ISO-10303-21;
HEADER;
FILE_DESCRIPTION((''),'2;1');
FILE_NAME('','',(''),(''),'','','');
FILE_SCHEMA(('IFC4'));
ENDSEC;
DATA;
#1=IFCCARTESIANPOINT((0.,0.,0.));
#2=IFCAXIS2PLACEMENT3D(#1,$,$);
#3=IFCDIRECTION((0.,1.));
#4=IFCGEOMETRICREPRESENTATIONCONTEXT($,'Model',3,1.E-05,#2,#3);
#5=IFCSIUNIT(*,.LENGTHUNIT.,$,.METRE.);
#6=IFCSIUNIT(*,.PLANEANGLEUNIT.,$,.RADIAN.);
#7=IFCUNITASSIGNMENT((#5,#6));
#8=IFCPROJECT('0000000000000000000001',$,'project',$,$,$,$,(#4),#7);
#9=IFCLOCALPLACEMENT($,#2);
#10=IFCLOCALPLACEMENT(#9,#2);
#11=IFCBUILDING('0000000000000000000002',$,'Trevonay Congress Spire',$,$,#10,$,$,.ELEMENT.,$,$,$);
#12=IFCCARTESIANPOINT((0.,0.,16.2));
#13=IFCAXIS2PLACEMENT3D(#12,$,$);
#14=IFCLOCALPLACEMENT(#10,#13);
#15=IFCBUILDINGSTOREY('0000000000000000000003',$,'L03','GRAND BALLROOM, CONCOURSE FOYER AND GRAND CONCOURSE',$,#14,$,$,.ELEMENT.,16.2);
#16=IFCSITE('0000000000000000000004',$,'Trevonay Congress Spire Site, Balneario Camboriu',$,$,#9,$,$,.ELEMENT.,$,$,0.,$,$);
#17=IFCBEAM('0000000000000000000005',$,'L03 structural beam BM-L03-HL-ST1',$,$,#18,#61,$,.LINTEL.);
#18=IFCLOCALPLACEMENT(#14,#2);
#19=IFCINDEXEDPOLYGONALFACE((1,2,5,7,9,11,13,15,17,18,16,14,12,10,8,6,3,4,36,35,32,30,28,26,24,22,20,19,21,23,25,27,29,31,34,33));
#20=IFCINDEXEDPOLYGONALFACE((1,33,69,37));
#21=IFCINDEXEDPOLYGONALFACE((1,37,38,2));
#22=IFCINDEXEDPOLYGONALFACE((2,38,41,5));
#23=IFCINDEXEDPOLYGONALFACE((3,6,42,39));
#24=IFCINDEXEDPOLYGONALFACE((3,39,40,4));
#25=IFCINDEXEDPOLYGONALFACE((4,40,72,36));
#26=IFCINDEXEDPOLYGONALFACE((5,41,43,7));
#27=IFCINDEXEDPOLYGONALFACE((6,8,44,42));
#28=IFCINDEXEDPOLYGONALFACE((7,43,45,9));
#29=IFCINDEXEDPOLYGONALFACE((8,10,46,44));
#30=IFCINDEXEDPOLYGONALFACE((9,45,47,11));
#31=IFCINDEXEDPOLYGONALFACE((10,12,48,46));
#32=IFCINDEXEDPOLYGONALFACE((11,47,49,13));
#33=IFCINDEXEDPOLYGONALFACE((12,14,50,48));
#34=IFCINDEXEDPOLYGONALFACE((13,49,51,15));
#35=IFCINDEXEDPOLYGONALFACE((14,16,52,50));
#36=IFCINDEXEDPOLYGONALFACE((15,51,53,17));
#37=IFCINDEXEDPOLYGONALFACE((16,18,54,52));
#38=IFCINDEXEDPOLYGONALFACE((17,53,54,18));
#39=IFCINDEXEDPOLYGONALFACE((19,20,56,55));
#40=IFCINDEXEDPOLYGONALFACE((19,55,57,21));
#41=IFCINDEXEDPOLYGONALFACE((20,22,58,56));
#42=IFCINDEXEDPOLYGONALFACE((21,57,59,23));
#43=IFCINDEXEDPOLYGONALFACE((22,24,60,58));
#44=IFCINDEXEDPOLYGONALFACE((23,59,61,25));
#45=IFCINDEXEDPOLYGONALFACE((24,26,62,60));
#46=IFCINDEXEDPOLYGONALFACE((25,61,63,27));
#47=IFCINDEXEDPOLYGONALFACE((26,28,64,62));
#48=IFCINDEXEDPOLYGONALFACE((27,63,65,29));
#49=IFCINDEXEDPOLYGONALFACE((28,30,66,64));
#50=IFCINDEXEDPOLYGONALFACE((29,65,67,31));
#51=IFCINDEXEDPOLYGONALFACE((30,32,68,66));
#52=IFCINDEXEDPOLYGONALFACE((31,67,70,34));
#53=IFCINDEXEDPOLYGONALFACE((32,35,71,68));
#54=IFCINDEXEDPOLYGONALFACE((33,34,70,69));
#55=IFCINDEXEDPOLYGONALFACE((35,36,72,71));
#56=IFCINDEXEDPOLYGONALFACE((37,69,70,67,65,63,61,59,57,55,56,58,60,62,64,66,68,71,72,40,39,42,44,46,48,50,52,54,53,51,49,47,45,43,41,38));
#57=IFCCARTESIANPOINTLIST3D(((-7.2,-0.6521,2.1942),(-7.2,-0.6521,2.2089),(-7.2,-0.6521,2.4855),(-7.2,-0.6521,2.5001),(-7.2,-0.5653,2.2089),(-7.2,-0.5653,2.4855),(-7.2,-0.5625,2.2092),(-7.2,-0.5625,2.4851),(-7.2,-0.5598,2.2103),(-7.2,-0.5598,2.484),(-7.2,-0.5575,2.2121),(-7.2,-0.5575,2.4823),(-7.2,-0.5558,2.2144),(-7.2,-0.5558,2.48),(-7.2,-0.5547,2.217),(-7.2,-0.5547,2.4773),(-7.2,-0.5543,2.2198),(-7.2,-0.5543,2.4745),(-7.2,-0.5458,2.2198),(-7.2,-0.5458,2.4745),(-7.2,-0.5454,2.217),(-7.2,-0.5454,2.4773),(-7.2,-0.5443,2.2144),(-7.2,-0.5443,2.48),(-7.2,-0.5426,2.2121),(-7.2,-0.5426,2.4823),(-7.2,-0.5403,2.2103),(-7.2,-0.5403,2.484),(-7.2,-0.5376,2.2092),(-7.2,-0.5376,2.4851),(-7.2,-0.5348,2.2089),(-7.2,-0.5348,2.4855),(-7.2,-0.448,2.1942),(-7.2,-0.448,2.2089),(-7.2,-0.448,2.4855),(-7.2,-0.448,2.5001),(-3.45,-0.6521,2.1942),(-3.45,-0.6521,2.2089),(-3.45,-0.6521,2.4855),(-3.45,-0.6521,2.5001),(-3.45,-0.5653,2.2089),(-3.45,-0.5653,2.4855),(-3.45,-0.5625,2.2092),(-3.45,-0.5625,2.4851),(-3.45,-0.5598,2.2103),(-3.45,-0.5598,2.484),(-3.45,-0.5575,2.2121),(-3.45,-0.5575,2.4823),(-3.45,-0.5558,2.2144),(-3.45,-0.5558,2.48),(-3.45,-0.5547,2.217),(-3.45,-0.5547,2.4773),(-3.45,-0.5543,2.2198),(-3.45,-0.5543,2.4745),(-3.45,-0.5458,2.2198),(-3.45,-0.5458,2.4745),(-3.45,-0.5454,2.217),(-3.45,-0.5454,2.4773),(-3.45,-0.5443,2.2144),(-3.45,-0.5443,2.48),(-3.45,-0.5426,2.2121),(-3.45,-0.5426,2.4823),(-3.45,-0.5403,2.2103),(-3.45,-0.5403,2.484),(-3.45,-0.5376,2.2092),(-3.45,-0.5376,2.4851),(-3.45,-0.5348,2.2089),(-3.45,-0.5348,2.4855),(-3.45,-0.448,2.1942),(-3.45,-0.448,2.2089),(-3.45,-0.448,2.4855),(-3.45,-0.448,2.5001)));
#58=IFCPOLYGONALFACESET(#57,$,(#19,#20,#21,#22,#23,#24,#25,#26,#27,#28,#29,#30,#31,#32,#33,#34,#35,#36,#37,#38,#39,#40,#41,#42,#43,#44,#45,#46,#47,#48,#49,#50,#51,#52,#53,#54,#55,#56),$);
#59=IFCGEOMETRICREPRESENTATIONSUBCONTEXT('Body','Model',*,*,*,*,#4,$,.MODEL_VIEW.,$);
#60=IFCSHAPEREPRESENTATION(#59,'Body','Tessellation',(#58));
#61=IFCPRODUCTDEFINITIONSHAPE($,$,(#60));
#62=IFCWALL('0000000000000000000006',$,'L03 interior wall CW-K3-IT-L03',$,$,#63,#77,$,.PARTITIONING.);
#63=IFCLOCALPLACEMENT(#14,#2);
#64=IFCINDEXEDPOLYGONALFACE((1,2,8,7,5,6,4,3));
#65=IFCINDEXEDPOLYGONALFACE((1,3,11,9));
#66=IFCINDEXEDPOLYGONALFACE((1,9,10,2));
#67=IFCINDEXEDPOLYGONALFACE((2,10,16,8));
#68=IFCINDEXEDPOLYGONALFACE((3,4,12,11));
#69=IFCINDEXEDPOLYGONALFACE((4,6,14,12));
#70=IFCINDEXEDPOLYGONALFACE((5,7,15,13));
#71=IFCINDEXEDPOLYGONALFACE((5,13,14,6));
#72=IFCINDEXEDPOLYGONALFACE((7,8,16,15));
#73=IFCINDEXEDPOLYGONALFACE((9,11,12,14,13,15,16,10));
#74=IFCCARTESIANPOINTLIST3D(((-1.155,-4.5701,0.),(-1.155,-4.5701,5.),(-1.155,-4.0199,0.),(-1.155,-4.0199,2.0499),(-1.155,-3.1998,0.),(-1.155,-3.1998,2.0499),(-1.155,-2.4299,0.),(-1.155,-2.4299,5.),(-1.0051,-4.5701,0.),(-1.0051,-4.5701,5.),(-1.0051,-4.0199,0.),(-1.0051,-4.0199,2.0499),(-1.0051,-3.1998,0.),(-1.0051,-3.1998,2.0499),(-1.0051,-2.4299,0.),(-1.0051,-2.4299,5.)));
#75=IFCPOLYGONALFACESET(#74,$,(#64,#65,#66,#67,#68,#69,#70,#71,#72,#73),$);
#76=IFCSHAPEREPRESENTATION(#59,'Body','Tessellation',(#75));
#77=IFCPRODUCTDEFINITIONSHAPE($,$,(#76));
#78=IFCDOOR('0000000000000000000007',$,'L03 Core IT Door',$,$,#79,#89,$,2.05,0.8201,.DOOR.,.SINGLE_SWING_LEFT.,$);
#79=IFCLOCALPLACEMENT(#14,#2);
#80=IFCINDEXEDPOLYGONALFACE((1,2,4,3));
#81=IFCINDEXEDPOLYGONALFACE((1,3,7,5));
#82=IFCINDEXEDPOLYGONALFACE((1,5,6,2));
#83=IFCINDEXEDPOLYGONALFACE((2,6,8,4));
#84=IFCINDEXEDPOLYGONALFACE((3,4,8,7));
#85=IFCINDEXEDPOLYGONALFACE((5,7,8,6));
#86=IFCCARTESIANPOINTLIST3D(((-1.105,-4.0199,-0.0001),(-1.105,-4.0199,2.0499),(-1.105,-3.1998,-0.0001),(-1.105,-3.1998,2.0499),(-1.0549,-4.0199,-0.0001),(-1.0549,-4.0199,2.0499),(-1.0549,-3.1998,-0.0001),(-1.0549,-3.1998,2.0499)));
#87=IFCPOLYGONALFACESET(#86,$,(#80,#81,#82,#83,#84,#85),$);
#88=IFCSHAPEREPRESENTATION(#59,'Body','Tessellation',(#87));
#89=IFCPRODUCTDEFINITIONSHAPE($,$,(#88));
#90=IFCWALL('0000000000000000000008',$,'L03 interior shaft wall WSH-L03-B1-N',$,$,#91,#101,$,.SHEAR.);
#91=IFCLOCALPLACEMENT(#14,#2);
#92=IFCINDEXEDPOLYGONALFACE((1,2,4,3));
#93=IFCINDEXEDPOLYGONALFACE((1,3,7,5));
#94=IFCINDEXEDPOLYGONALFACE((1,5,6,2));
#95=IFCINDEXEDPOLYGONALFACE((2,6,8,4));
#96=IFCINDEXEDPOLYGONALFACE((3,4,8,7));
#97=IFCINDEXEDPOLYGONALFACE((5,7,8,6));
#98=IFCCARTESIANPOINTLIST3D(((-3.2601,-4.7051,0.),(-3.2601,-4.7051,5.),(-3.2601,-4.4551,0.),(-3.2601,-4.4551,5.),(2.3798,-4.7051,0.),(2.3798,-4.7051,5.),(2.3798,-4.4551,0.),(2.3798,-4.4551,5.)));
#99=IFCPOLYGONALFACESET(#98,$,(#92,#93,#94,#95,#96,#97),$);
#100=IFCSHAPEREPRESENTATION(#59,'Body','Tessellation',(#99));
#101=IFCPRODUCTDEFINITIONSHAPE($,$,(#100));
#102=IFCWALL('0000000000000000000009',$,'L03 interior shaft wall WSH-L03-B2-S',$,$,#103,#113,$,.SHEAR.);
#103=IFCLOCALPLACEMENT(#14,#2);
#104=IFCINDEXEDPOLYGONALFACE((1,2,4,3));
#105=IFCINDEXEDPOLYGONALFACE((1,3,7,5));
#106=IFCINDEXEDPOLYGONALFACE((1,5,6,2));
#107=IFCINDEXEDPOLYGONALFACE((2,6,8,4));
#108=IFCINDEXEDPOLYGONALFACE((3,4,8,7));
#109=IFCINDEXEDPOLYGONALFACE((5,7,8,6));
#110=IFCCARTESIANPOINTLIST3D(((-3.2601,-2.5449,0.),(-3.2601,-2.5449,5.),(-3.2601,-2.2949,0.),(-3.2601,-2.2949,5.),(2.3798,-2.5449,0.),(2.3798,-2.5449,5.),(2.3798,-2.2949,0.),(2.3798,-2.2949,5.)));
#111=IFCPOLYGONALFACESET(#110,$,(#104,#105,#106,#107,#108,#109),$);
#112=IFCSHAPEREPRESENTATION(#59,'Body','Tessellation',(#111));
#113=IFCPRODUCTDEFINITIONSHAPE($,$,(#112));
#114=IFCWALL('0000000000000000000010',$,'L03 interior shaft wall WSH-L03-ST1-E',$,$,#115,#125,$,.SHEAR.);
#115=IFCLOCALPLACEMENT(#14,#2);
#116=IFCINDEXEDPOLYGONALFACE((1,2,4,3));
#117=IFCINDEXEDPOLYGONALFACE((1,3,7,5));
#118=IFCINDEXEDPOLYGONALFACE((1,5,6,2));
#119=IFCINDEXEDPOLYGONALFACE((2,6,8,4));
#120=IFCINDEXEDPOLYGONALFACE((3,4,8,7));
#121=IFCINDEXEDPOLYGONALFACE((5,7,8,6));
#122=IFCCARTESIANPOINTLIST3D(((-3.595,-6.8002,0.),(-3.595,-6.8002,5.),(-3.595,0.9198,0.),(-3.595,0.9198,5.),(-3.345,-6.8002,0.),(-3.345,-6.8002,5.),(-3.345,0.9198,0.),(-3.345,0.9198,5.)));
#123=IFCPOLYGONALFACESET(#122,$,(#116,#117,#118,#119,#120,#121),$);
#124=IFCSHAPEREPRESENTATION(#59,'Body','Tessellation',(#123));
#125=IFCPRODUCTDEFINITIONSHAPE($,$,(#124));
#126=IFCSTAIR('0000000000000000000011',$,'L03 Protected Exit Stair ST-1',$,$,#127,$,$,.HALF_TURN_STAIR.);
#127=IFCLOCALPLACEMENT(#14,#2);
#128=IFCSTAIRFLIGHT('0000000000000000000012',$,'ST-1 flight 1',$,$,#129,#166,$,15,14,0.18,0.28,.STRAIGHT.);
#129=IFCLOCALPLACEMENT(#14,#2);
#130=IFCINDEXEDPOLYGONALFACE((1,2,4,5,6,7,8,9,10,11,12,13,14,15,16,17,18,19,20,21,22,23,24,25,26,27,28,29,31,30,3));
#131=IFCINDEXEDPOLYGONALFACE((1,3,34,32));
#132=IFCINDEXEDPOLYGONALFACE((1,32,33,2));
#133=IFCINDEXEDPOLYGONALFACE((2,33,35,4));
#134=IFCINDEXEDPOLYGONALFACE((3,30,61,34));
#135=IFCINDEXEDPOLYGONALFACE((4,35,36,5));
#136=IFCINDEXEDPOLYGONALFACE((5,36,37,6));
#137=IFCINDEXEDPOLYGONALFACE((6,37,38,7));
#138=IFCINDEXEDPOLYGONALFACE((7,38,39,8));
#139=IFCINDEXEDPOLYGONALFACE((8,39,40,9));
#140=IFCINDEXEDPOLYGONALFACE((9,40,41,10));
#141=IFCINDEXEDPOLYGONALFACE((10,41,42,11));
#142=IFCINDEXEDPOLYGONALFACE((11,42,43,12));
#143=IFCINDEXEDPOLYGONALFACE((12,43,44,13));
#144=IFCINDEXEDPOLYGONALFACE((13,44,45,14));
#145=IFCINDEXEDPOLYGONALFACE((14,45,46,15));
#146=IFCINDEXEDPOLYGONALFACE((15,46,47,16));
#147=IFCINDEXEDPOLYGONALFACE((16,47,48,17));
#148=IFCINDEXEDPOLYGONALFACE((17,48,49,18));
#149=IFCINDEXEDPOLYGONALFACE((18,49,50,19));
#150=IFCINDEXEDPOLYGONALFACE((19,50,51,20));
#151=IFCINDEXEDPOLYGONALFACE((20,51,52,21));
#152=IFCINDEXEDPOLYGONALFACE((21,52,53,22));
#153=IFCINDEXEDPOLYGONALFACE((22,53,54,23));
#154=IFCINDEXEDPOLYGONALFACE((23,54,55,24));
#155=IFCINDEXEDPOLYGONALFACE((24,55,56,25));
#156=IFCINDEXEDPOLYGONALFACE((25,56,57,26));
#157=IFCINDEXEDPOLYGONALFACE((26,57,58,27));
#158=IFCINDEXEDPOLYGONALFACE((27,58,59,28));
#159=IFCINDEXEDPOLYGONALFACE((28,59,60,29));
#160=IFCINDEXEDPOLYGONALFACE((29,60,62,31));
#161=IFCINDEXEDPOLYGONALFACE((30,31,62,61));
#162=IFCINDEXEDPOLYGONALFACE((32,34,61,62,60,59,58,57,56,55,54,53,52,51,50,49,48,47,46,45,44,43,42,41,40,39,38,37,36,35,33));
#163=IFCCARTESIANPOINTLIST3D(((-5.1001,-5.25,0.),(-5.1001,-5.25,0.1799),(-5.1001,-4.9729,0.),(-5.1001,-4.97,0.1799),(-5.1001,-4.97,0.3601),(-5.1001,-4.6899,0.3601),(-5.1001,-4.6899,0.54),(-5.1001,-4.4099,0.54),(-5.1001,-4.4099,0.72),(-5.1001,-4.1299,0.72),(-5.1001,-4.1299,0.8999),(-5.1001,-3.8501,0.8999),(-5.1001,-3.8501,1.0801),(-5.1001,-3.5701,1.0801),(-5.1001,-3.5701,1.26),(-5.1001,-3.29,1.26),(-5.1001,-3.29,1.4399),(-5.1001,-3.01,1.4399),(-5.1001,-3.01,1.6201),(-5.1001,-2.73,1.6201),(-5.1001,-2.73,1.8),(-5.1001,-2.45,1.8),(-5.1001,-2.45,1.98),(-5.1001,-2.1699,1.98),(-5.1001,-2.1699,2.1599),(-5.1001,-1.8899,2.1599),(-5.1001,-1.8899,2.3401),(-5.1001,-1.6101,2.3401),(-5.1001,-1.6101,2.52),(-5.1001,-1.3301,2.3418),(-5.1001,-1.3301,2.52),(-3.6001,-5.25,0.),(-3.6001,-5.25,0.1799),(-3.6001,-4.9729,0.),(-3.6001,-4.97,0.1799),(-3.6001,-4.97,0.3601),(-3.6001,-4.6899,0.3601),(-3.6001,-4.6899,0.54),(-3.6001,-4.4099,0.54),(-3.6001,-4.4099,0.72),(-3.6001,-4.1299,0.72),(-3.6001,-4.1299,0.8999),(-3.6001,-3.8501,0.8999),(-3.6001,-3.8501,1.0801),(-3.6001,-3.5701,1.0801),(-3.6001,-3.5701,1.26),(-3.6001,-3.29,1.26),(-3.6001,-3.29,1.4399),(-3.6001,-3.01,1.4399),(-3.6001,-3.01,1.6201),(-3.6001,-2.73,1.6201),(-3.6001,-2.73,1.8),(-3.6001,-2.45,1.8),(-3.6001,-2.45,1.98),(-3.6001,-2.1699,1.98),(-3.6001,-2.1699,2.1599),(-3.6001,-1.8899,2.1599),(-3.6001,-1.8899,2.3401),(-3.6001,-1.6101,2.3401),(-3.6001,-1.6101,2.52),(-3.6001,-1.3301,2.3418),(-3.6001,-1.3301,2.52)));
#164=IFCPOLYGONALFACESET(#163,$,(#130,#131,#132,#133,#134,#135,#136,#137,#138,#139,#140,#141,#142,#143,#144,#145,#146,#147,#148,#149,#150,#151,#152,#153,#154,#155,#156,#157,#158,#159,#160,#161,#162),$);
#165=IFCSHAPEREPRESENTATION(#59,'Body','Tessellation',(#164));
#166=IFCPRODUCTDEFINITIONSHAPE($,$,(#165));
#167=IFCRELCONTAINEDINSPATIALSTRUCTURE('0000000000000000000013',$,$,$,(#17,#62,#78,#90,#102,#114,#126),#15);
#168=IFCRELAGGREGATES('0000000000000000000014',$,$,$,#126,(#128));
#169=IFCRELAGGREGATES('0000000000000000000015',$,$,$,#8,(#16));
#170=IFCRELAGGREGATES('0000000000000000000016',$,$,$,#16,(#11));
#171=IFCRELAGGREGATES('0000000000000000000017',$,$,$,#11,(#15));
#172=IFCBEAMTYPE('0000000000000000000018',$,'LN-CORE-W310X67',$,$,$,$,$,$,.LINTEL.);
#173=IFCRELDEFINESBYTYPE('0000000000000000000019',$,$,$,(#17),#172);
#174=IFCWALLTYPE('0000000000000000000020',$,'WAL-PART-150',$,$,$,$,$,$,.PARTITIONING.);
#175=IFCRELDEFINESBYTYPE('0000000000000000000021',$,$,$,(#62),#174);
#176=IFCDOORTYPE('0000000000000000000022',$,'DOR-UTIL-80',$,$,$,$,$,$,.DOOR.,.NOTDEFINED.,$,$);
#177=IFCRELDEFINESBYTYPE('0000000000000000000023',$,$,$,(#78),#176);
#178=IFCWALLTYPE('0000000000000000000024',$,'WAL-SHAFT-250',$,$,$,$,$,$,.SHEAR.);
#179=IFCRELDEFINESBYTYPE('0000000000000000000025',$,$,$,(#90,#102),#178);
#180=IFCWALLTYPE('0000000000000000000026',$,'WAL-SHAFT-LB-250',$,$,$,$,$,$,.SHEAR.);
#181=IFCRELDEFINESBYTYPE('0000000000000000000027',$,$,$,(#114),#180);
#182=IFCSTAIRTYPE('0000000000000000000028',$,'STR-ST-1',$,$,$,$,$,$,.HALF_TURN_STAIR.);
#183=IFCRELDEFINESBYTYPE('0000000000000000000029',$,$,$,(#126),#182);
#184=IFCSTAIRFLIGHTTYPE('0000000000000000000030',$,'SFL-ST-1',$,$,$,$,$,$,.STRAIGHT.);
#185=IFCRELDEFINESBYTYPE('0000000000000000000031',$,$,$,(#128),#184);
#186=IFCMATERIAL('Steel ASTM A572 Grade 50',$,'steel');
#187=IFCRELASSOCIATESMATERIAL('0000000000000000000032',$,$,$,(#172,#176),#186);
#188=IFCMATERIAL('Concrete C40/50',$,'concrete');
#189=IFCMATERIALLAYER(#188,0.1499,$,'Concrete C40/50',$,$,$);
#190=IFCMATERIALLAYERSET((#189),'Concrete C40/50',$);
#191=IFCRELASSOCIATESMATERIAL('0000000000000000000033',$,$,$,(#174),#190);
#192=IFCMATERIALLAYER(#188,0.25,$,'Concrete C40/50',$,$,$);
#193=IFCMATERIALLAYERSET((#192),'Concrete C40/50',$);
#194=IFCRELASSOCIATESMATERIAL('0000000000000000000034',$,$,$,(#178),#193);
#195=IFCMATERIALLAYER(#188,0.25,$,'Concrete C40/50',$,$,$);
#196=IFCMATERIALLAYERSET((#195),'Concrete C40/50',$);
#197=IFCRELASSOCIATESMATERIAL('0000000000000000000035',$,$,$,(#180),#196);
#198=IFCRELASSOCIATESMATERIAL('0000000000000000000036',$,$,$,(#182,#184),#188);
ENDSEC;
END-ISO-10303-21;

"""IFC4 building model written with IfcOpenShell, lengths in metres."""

from ifc_helpers import new_model, si_unit, direction, frame, frame_2d, origin, origin_2d, place, context, subcontext, project, spatial, polyline, rectangle, i_section, outline, extrude, material, layer, layer_set, material_profile, profile_set, type_object, element, fill, aggregate, save


model = new_model("IFC4")

# Units and contexts
model_context = context("Model", 3, precision=1e-05, world=origin(), true_north=direction((0.0, 1.0)))
body_context = subcontext(model_context, "Body", "Model", "MODEL_VIEW")
ifc_project = project(units=[si_unit("LENGTHUNIT", "METRE"), si_unit("PLANEANGLEUNIT", "RADIAN")], contexts=[model_context])

# Site, building, storey
site_placement = place(None, origin())
site = spatial("IfcSite", under=ifc_project, at=site_placement, Name="Trevonay Congress Spire Site, Balneario Camboriu", CompositionType="ELEMENT", RefElevation=0.0)
building_placement = place(site_placement, origin())
building = spatial("IfcBuilding", under=site, at=building_placement, Name="Trevonay Congress Spire", CompositionType="ELEMENT")
storey_placement = place(building_placement, frame((0.0, 0.0, 16.2)))
storey = spatial("IfcBuildingStorey", under=building, at=storey_placement, Name="L03", Description="GRAND BALLROOM, CONCOURSE FOYER AND GRAND CONCOURSE", CompositionType="ELEMENT", Elevation=16.2)

# Shared definitions
ifc_material_1 = material(Name="Steel ASTM A572 Grade 50", Category="steel")

# Beam
ifc_material_profile_1 = material_profile(ifc_material_1, i_section(OverallWidth=0.2041, OverallDepth=0.3059, WebThickness=0.0085, FlangeThickness=0.0146, FilletRadius=0.011, at=origin_2d()), Name="W310x67")
ifc_profile_set_1 = profile_set([ifc_material_profile_1], Name="Steel ASTM A572 Grade 50")
beam_type_1 = type_object("IfcBeamType", Name="LN-CORE-W310X67", PredefinedType="LINTEL", material=ifc_profile_set_1)
beam_1_placement = place(storey_placement, frame((-7.2, -0.55, 2.3472), z_axis=(1.0, 0.0, 0.0), x_axis=(0.0, 1.0, 0.0)))
element("IfcBeam", 1, at=beam_1_placement, inside=storey, type_object=beam_type_1, Name="L03 structural beam BM-L03-HL-ST1", PredefinedType="LINTEL", context=body_context, shape_type="SweptSolid", body=[
    extrude(i_section(OverallWidth=0.2041, OverallDepth=0.3059, WebThickness=0.0085, FlangeThickness=0.0146, FilletRadius=0.011, at=origin_2d()), origin(), (0.0, 0.0, 1.0), 3.75),
])

# Wall, opening, door
ifc_material_2 = material(Name="Concrete C40/50", Category="concrete")
ifc_layer_1 = layer(ifc_material_2, 0.1499, Name="Concrete C40/50")
ifc_layer_set_1 = layer_set([ifc_layer_1], Name="Concrete C40/50")
wall_type_1 = type_object("IfcWallType", Name="WAL-PART-150", PredefinedType="PARTITIONING", material=ifc_layer_set_1)
wall_1_placement = place(storey_placement, frame((-1.0801, -4.5701, 0.0), z_axis=(0.0, 0.0, 1.0), x_axis=(0.0, 1.0, 0.0)))
wall_1 = element("IfcWall", 2, at=wall_1_placement, inside=storey, type_object=wall_type_1, Name="L03 interior wall CW-K3-IT-L03", PredefinedType="PARTITIONING", context=body_context, shape_type="SweptSolid", body=[
    extrude(rectangle(XDim=2.1401, YDim=0.1499, at=frame_2d((1.0701, 0.0))), origin(), (0.0, 0.0, 1.0), 5.0),
])
opening_placement = place(wall_1_placement, frame((0.55, 0.0, 0.0)))
opening = element("IfcOpeningElement", 3, at=opening_placement, cuts=wall_1, PredefinedType="OPENING", context=body_context, shape_type="SweptSolid", body=[
    extrude(rectangle(XDim=0.8201, YDim=2.05, at=frame_2d((0.4102, 1.0249))), frame((0.0, 0.085, 0.0), z_axis=(0.0, -1.0, 0.0), x_axis=(1.0, 0.0, 0.0)), (0.0, 0.0, 1.0), 0.1699),
])
door_type = type_object("IfcDoorType", Name="DOR-UTIL-80", OperationType="NOTDEFINED", PredefinedType="DOOR", material=ifc_material_1)
door_placement = place(opening_placement, origin())
door = element("IfcDoor", 4, at=door_placement, inside=storey, type_object=door_type, Name="L03 Core IT Door", OperationType="SINGLE_SWING_LEFT", OverallHeight=2.05, OverallWidth=0.8201, PredefinedType="DOOR", context=body_context, shape_type="SweptSolid", body=[
    extrude(rectangle(XDim=0.8201, YDim=2.05, at=frame_2d((0.4102, 1.0249))), frame((0.0, 0.0249, 0.0), z_axis=(0.0, -1.0, 0.0), x_axis=(1.0, 0.0, 0.0)), (0.0, 0.0, 1.0), 0.05),
])
fill(opening, door)

# Walls
ifc_layer_2 = layer(ifc_material_2, 0.25, Name="Concrete C40/50")
ifc_layer_set_2 = layer_set([ifc_layer_2], Name="Concrete C40/50")
wall_type_2 = type_object("IfcWallType", Name="WAL-SHAFT-250", PredefinedType="SHEAR", material=ifc_layer_set_2)
for number, where, z_axis, x_axis, name in (
    (5, (-3.26, -4.5801, 0.0), (0.0, 0.0, 1.0), (1.0, 0.0, 0.0), "L03 interior shaft wall WSH-L03-B1-N"),
    (6, (-3.26, -2.4199, 0.0), (0.0, 0.0, 1.0), (1.0, 0.0, 0.0), "L03 interior shaft wall WSH-L03-B2-S"),
):
    element("IfcWall", number, at=place(storey_placement, frame(where, z_axis=z_axis, x_axis=x_axis)), inside=storey, type_object=wall_type_2, Name=name, PredefinedType="SHEAR", context=body_context, shape_type="SweptSolid", body=[
        extrude(rectangle(XDim=5.6399, YDim=0.25, at=frame_2d((2.8198, 0.0))), origin(), (0.0, 0.0, 1.0), 5.0),
    ])
ifc_layer_3 = layer(ifc_material_2, 0.25, Name="Concrete C40/50")
ifc_layer_set_3 = layer_set([ifc_layer_3], Name="Concrete C40/50")
wall_type_3 = type_object("IfcWallType", Name="WAL-SHAFT-LB-250", PredefinedType="SHEAR", material=ifc_layer_set_3)
wall_2_placement = place(storey_placement, frame((-3.47, -6.8, 0.0), z_axis=(0.0, 0.0, 1.0), x_axis=(0.0, 1.0, 0.0)))
element("IfcWall", 7, at=wall_2_placement, inside=storey, type_object=wall_type_3, Name="L03 interior shaft wall WSH-L03-ST1-E", PredefinedType="SHEAR", context=body_context, shape_type="SweptSolid", body=[
    extrude(rectangle(XDim=7.72, YDim=0.25, at=frame_2d((3.8599, 0.0))), origin(), (0.0, 0.0, 1.0), 5.0),
])

# Stair, stair flight
stair_type = type_object("IfcStairType", Name="STR-ST-1", PredefinedType="HALF_TURN_STAIR", material=ifc_material_2)
stair_placement = place(storey_placement, origin())
stair = element("IfcStair", 8, at=stair_placement, inside=storey, type_object=stair_type, Name="L03 Protected Exit Stair ST-1", PredefinedType="HALF_TURN_STAIR")
stair_flight_type = type_object("IfcStairFlightType", Name="SFL-ST-1", PredefinedType="STRAIGHT", material=ifc_material_2)
stair_flight_1_placement = place(storey_placement, frame((-4.3501, -5.25, 0.0), z_axis=(0.0, 0.0, 1.0), x_axis=(0.0, 1.0, 0.0)))
stair_flight_1 = element("IfcStairFlight", 9, at=stair_flight_1_placement, type_object=stair_flight_type, Name="ST-1 flight 1", NumberOfRisers=15, NumberOfTreads=14, PredefinedType="STRAIGHT", RiserHeight=0.18, TreadLength=0.28, context=body_context, shape_type="SweptSolid", body=[
    extrude(outline(polyline([(0.0, 0.0), (0.0, 0.1799), (0.28, 0.1799), (0.28, 0.3601), (0.5601, 0.3601), (0.5601, 0.54), (0.8401, 0.54), (0.8401, 0.72), (1.1201, 0.72), (1.1201, 0.8999), (1.3999, 0.8999), (1.3999, 1.0801), (1.6799, 1.0801), (1.6799, 1.26), (1.96, 1.26), (1.96, 1.4399), (2.24, 1.4399), (2.24, 1.6201), (2.52, 1.6201), (2.52, 1.8), (2.8, 1.8), (2.8, 1.98), (3.0801, 1.98), (3.0801, 2.1599), (3.3601, 2.1599), (3.3601, 2.3401), (3.6399, 2.3401), (3.6399, 2.52), (3.9199, 2.52), (3.9199, 2.7), (3.9199, 2.3418), (0.2771, 0.0), (0.0, 0.0)])), frame((0.0, 0.75, 0.0), z_axis=(0.0, -1.0, 0.0), x_axis=(1.0, 0.0, 0.0)), (0.0, 0.0, 1.0), 1.5),
])
aggregate(stair, [stair_flight_1])

save(model, "model.ifc")
